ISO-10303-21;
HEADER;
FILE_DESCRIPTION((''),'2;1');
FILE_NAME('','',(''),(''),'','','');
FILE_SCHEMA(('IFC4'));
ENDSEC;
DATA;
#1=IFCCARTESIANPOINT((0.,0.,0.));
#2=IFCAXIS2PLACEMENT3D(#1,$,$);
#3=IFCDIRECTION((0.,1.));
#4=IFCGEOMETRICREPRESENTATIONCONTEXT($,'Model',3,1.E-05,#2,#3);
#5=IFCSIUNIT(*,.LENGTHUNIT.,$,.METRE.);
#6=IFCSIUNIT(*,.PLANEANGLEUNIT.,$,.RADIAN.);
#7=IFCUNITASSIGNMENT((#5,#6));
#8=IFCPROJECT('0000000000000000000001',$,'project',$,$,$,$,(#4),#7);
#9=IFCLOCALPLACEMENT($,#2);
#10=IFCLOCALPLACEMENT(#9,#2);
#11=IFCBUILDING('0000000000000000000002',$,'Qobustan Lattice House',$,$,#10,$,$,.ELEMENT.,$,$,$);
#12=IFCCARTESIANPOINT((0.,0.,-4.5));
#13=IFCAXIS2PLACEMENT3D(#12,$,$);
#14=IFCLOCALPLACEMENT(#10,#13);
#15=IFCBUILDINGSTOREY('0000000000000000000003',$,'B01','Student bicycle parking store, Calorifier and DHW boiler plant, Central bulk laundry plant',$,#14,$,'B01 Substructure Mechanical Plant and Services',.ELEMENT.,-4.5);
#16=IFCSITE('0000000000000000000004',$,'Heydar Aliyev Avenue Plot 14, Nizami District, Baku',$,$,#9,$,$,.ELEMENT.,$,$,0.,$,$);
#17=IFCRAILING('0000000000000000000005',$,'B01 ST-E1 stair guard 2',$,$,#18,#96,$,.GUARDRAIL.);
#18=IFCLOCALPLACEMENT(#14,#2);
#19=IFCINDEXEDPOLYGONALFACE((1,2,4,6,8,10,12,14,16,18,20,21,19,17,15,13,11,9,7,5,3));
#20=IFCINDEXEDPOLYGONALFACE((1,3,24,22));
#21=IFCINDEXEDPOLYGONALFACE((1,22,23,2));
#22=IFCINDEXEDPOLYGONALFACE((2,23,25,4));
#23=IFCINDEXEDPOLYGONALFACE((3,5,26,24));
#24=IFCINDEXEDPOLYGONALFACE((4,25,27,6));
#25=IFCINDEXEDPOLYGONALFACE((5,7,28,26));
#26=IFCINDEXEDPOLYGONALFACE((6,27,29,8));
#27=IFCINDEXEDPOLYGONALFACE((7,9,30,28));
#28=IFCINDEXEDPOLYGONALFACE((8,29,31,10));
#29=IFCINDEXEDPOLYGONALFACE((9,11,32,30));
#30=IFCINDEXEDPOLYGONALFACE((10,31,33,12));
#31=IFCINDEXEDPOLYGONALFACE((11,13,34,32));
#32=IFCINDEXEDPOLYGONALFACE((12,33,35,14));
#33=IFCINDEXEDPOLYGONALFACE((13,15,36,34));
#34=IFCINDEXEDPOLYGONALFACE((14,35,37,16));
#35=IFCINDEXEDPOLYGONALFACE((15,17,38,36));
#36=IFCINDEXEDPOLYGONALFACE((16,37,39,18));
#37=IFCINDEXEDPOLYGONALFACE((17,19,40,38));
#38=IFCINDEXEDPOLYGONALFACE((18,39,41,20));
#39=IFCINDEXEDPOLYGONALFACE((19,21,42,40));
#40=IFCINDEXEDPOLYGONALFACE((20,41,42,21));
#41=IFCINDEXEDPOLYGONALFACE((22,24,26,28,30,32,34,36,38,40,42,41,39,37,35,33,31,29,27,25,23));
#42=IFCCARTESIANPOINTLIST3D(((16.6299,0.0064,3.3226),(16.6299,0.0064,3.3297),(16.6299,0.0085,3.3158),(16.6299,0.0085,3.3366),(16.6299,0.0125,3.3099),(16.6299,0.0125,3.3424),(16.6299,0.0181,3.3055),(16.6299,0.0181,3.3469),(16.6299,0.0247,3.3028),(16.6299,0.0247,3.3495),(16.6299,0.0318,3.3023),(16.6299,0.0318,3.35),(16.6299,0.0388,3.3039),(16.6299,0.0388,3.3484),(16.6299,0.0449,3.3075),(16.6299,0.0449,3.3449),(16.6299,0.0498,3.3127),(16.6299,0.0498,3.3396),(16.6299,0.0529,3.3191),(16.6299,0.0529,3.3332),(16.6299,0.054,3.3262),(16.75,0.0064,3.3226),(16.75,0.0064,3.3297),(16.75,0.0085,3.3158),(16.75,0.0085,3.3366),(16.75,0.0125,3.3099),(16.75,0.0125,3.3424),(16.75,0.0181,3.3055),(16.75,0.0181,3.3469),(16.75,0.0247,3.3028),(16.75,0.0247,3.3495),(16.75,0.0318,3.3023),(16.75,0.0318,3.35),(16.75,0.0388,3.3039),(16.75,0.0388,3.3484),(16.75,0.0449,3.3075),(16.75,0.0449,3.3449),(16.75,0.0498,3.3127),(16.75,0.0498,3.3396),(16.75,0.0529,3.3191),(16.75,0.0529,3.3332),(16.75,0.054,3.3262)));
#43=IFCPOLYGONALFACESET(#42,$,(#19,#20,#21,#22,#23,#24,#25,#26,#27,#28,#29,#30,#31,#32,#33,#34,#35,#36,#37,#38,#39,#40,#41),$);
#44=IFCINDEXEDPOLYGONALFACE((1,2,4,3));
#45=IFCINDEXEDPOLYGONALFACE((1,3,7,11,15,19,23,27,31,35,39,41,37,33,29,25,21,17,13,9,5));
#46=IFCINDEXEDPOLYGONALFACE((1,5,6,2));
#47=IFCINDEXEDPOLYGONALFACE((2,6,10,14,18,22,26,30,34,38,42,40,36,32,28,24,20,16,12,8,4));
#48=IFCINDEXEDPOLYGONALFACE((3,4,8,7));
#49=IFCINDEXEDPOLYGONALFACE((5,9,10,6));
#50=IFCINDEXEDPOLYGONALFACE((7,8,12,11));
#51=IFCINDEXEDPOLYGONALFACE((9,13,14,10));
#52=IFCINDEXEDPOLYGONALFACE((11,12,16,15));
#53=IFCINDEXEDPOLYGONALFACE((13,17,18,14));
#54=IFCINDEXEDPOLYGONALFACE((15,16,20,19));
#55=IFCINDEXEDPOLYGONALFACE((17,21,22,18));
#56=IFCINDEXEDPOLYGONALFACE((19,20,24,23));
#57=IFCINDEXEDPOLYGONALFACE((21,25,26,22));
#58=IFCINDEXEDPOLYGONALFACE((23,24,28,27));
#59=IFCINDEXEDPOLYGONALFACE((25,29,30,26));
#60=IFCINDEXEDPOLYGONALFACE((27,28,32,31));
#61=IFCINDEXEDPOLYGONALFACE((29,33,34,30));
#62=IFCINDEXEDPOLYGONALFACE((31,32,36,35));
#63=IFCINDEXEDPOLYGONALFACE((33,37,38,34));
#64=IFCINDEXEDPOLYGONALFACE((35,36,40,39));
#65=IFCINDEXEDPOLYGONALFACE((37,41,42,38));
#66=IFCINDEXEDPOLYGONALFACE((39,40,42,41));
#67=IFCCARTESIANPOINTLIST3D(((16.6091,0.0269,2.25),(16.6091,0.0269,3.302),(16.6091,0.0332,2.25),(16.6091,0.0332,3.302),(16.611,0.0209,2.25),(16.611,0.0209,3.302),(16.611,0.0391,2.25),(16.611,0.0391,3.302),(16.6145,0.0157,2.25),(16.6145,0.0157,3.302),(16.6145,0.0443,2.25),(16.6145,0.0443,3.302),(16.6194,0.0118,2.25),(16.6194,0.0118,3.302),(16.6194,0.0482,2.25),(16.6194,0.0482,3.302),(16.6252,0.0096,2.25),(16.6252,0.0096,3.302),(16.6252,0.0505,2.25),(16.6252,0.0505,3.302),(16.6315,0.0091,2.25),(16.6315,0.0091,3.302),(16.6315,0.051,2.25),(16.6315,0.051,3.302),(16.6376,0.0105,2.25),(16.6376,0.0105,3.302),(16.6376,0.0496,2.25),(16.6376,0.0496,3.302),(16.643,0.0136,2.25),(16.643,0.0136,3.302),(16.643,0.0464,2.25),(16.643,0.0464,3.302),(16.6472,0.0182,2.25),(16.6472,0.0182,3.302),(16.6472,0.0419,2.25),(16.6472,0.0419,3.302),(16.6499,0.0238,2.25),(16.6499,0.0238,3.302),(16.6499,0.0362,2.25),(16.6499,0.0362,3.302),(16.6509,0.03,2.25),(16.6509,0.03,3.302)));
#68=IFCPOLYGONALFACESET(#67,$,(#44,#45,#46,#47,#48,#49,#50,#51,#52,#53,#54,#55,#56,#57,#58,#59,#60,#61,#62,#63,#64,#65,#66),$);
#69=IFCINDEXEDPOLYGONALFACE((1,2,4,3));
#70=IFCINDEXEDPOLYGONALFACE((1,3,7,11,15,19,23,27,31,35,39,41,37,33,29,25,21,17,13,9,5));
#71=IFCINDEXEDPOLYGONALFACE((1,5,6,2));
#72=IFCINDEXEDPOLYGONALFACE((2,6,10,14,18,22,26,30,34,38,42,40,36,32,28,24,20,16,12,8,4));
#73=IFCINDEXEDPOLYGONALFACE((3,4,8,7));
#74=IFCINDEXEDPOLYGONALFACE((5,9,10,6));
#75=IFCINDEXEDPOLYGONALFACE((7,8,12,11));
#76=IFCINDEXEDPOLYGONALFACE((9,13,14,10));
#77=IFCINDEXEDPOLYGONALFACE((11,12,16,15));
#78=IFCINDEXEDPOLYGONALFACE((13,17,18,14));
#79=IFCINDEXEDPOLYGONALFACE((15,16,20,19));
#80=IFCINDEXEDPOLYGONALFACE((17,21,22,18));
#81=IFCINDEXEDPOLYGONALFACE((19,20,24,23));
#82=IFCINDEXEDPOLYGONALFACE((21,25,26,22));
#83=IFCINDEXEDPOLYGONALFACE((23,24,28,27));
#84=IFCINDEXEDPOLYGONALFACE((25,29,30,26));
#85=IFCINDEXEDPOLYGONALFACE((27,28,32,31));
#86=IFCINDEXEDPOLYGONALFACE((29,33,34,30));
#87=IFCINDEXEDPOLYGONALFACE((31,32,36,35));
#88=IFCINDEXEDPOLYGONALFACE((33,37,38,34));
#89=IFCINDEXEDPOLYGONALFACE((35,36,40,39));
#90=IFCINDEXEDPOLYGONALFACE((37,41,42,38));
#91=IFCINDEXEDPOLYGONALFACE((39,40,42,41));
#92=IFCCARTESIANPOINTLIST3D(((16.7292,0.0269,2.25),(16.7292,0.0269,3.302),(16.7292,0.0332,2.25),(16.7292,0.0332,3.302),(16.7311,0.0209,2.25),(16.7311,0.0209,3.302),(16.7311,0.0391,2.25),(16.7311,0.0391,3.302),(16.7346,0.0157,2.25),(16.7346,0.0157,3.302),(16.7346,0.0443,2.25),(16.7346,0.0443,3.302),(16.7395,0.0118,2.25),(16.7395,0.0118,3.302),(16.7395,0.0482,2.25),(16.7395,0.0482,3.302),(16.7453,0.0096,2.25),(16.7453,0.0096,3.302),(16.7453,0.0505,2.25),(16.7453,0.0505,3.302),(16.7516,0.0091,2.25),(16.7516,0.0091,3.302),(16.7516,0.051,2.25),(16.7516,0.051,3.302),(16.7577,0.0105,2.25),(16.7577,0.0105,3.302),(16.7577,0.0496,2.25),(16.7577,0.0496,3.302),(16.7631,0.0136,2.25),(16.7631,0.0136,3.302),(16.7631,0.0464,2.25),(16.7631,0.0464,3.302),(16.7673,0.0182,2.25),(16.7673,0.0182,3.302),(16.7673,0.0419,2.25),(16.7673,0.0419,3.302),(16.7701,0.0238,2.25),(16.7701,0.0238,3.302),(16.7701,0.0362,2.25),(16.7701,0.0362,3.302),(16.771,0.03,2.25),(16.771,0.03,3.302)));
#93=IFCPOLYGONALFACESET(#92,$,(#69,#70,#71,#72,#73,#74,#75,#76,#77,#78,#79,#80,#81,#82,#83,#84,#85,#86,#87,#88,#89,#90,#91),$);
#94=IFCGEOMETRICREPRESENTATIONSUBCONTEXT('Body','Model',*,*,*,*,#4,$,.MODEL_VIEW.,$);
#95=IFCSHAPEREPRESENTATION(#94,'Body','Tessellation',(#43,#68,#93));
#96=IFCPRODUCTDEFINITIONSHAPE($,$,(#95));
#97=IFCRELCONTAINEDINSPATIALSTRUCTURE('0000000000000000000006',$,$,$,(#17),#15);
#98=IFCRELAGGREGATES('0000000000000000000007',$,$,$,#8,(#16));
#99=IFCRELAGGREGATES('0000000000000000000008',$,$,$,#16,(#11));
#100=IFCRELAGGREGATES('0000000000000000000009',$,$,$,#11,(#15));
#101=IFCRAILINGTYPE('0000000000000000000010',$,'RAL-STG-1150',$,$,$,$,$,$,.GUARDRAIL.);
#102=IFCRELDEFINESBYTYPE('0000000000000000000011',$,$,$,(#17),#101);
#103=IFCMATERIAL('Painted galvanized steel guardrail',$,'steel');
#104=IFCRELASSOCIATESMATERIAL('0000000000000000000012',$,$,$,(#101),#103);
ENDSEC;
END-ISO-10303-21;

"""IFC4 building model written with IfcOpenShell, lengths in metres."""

from ifc_helpers import new_model, si_unit, direction, frame, origin, origin_2d, place, context, subcontext, project, spatial, circle, extrude, material, type_object, element, save


model = new_model("IFC4")

# Units and contexts
model_context = context("Model", 3, precision=1e-05, world=origin(), true_north=direction((0.0, 1.0)))
body_context = subcontext(model_context, "Body", "Model", "MODEL_VIEW")
ifc_project = project(units=[si_unit("LENGTHUNIT", "METRE"), si_unit("PLANEANGLEUNIT", "RADIAN")], contexts=[model_context])

# Site, building, storey
site_placement = place(None, origin())
site = spatial("IfcSite", under=ifc_project, at=site_placement, Name="Heydar Aliyev Avenue Plot 14, Nizami District, Baku", CompositionType="ELEMENT", RefElevation=0.0)
building_placement = place(site_placement, origin())
building = spatial("IfcBuilding", under=site, at=building_placement, Name="Qobustan Lattice House", CompositionType="ELEMENT")
storey_placement = place(building_placement, frame((0.0, 0.0, -4.5)))
storey = spatial("IfcBuildingStorey", under=building, at=storey_placement, Name="B01", Description="Student bicycle parking store, Calorifier and DHW boiler plant, Central bulk laundry plant", LongName="B01 Substructure Mechanical Plant and Services", CompositionType="ELEMENT", Elevation=-4.5)

# Railing
ifc_material_1 = material(Name="Painted galvanized steel guardrail", Category="steel")
railing_type_1 = type_object("IfcRailingType", Name="RAL-STG-1150", PredefinedType="GUARDRAIL", material=ifc_material_1)
railing_1_placement = place(storey_placement, frame((16.6299, 0.03, 2.25)))
element("IfcRailing", 1, at=railing_1_placement, inside=storey, type_object=railing_type_1, Name="B01 ST-E1 stair guard 2", PredefinedType="GUARDRAIL", context=body_context, shape_type="SweptSolid", body=[
    extrude(circle(Radius=0.0239, at=origin_2d()), frame((0.0, 0.0, 1.0762), z_axis=(1.0, 0.0, 0.0), x_axis=(0.0, 1.0, 0.0)), (0.0, 0.0, 1.0), 0.1201),
    extrude(circle(Radius=0.021, at=origin_2d()), origin(), (0.0, 0.0, 1.0), 1.052),
    extrude(circle(Radius=0.021, at=origin_2d()), frame((0.1201, 0.0, 0.0)), (0.0, 0.0, 1.0), 1.052),
])

save(model, "model.ifc")
